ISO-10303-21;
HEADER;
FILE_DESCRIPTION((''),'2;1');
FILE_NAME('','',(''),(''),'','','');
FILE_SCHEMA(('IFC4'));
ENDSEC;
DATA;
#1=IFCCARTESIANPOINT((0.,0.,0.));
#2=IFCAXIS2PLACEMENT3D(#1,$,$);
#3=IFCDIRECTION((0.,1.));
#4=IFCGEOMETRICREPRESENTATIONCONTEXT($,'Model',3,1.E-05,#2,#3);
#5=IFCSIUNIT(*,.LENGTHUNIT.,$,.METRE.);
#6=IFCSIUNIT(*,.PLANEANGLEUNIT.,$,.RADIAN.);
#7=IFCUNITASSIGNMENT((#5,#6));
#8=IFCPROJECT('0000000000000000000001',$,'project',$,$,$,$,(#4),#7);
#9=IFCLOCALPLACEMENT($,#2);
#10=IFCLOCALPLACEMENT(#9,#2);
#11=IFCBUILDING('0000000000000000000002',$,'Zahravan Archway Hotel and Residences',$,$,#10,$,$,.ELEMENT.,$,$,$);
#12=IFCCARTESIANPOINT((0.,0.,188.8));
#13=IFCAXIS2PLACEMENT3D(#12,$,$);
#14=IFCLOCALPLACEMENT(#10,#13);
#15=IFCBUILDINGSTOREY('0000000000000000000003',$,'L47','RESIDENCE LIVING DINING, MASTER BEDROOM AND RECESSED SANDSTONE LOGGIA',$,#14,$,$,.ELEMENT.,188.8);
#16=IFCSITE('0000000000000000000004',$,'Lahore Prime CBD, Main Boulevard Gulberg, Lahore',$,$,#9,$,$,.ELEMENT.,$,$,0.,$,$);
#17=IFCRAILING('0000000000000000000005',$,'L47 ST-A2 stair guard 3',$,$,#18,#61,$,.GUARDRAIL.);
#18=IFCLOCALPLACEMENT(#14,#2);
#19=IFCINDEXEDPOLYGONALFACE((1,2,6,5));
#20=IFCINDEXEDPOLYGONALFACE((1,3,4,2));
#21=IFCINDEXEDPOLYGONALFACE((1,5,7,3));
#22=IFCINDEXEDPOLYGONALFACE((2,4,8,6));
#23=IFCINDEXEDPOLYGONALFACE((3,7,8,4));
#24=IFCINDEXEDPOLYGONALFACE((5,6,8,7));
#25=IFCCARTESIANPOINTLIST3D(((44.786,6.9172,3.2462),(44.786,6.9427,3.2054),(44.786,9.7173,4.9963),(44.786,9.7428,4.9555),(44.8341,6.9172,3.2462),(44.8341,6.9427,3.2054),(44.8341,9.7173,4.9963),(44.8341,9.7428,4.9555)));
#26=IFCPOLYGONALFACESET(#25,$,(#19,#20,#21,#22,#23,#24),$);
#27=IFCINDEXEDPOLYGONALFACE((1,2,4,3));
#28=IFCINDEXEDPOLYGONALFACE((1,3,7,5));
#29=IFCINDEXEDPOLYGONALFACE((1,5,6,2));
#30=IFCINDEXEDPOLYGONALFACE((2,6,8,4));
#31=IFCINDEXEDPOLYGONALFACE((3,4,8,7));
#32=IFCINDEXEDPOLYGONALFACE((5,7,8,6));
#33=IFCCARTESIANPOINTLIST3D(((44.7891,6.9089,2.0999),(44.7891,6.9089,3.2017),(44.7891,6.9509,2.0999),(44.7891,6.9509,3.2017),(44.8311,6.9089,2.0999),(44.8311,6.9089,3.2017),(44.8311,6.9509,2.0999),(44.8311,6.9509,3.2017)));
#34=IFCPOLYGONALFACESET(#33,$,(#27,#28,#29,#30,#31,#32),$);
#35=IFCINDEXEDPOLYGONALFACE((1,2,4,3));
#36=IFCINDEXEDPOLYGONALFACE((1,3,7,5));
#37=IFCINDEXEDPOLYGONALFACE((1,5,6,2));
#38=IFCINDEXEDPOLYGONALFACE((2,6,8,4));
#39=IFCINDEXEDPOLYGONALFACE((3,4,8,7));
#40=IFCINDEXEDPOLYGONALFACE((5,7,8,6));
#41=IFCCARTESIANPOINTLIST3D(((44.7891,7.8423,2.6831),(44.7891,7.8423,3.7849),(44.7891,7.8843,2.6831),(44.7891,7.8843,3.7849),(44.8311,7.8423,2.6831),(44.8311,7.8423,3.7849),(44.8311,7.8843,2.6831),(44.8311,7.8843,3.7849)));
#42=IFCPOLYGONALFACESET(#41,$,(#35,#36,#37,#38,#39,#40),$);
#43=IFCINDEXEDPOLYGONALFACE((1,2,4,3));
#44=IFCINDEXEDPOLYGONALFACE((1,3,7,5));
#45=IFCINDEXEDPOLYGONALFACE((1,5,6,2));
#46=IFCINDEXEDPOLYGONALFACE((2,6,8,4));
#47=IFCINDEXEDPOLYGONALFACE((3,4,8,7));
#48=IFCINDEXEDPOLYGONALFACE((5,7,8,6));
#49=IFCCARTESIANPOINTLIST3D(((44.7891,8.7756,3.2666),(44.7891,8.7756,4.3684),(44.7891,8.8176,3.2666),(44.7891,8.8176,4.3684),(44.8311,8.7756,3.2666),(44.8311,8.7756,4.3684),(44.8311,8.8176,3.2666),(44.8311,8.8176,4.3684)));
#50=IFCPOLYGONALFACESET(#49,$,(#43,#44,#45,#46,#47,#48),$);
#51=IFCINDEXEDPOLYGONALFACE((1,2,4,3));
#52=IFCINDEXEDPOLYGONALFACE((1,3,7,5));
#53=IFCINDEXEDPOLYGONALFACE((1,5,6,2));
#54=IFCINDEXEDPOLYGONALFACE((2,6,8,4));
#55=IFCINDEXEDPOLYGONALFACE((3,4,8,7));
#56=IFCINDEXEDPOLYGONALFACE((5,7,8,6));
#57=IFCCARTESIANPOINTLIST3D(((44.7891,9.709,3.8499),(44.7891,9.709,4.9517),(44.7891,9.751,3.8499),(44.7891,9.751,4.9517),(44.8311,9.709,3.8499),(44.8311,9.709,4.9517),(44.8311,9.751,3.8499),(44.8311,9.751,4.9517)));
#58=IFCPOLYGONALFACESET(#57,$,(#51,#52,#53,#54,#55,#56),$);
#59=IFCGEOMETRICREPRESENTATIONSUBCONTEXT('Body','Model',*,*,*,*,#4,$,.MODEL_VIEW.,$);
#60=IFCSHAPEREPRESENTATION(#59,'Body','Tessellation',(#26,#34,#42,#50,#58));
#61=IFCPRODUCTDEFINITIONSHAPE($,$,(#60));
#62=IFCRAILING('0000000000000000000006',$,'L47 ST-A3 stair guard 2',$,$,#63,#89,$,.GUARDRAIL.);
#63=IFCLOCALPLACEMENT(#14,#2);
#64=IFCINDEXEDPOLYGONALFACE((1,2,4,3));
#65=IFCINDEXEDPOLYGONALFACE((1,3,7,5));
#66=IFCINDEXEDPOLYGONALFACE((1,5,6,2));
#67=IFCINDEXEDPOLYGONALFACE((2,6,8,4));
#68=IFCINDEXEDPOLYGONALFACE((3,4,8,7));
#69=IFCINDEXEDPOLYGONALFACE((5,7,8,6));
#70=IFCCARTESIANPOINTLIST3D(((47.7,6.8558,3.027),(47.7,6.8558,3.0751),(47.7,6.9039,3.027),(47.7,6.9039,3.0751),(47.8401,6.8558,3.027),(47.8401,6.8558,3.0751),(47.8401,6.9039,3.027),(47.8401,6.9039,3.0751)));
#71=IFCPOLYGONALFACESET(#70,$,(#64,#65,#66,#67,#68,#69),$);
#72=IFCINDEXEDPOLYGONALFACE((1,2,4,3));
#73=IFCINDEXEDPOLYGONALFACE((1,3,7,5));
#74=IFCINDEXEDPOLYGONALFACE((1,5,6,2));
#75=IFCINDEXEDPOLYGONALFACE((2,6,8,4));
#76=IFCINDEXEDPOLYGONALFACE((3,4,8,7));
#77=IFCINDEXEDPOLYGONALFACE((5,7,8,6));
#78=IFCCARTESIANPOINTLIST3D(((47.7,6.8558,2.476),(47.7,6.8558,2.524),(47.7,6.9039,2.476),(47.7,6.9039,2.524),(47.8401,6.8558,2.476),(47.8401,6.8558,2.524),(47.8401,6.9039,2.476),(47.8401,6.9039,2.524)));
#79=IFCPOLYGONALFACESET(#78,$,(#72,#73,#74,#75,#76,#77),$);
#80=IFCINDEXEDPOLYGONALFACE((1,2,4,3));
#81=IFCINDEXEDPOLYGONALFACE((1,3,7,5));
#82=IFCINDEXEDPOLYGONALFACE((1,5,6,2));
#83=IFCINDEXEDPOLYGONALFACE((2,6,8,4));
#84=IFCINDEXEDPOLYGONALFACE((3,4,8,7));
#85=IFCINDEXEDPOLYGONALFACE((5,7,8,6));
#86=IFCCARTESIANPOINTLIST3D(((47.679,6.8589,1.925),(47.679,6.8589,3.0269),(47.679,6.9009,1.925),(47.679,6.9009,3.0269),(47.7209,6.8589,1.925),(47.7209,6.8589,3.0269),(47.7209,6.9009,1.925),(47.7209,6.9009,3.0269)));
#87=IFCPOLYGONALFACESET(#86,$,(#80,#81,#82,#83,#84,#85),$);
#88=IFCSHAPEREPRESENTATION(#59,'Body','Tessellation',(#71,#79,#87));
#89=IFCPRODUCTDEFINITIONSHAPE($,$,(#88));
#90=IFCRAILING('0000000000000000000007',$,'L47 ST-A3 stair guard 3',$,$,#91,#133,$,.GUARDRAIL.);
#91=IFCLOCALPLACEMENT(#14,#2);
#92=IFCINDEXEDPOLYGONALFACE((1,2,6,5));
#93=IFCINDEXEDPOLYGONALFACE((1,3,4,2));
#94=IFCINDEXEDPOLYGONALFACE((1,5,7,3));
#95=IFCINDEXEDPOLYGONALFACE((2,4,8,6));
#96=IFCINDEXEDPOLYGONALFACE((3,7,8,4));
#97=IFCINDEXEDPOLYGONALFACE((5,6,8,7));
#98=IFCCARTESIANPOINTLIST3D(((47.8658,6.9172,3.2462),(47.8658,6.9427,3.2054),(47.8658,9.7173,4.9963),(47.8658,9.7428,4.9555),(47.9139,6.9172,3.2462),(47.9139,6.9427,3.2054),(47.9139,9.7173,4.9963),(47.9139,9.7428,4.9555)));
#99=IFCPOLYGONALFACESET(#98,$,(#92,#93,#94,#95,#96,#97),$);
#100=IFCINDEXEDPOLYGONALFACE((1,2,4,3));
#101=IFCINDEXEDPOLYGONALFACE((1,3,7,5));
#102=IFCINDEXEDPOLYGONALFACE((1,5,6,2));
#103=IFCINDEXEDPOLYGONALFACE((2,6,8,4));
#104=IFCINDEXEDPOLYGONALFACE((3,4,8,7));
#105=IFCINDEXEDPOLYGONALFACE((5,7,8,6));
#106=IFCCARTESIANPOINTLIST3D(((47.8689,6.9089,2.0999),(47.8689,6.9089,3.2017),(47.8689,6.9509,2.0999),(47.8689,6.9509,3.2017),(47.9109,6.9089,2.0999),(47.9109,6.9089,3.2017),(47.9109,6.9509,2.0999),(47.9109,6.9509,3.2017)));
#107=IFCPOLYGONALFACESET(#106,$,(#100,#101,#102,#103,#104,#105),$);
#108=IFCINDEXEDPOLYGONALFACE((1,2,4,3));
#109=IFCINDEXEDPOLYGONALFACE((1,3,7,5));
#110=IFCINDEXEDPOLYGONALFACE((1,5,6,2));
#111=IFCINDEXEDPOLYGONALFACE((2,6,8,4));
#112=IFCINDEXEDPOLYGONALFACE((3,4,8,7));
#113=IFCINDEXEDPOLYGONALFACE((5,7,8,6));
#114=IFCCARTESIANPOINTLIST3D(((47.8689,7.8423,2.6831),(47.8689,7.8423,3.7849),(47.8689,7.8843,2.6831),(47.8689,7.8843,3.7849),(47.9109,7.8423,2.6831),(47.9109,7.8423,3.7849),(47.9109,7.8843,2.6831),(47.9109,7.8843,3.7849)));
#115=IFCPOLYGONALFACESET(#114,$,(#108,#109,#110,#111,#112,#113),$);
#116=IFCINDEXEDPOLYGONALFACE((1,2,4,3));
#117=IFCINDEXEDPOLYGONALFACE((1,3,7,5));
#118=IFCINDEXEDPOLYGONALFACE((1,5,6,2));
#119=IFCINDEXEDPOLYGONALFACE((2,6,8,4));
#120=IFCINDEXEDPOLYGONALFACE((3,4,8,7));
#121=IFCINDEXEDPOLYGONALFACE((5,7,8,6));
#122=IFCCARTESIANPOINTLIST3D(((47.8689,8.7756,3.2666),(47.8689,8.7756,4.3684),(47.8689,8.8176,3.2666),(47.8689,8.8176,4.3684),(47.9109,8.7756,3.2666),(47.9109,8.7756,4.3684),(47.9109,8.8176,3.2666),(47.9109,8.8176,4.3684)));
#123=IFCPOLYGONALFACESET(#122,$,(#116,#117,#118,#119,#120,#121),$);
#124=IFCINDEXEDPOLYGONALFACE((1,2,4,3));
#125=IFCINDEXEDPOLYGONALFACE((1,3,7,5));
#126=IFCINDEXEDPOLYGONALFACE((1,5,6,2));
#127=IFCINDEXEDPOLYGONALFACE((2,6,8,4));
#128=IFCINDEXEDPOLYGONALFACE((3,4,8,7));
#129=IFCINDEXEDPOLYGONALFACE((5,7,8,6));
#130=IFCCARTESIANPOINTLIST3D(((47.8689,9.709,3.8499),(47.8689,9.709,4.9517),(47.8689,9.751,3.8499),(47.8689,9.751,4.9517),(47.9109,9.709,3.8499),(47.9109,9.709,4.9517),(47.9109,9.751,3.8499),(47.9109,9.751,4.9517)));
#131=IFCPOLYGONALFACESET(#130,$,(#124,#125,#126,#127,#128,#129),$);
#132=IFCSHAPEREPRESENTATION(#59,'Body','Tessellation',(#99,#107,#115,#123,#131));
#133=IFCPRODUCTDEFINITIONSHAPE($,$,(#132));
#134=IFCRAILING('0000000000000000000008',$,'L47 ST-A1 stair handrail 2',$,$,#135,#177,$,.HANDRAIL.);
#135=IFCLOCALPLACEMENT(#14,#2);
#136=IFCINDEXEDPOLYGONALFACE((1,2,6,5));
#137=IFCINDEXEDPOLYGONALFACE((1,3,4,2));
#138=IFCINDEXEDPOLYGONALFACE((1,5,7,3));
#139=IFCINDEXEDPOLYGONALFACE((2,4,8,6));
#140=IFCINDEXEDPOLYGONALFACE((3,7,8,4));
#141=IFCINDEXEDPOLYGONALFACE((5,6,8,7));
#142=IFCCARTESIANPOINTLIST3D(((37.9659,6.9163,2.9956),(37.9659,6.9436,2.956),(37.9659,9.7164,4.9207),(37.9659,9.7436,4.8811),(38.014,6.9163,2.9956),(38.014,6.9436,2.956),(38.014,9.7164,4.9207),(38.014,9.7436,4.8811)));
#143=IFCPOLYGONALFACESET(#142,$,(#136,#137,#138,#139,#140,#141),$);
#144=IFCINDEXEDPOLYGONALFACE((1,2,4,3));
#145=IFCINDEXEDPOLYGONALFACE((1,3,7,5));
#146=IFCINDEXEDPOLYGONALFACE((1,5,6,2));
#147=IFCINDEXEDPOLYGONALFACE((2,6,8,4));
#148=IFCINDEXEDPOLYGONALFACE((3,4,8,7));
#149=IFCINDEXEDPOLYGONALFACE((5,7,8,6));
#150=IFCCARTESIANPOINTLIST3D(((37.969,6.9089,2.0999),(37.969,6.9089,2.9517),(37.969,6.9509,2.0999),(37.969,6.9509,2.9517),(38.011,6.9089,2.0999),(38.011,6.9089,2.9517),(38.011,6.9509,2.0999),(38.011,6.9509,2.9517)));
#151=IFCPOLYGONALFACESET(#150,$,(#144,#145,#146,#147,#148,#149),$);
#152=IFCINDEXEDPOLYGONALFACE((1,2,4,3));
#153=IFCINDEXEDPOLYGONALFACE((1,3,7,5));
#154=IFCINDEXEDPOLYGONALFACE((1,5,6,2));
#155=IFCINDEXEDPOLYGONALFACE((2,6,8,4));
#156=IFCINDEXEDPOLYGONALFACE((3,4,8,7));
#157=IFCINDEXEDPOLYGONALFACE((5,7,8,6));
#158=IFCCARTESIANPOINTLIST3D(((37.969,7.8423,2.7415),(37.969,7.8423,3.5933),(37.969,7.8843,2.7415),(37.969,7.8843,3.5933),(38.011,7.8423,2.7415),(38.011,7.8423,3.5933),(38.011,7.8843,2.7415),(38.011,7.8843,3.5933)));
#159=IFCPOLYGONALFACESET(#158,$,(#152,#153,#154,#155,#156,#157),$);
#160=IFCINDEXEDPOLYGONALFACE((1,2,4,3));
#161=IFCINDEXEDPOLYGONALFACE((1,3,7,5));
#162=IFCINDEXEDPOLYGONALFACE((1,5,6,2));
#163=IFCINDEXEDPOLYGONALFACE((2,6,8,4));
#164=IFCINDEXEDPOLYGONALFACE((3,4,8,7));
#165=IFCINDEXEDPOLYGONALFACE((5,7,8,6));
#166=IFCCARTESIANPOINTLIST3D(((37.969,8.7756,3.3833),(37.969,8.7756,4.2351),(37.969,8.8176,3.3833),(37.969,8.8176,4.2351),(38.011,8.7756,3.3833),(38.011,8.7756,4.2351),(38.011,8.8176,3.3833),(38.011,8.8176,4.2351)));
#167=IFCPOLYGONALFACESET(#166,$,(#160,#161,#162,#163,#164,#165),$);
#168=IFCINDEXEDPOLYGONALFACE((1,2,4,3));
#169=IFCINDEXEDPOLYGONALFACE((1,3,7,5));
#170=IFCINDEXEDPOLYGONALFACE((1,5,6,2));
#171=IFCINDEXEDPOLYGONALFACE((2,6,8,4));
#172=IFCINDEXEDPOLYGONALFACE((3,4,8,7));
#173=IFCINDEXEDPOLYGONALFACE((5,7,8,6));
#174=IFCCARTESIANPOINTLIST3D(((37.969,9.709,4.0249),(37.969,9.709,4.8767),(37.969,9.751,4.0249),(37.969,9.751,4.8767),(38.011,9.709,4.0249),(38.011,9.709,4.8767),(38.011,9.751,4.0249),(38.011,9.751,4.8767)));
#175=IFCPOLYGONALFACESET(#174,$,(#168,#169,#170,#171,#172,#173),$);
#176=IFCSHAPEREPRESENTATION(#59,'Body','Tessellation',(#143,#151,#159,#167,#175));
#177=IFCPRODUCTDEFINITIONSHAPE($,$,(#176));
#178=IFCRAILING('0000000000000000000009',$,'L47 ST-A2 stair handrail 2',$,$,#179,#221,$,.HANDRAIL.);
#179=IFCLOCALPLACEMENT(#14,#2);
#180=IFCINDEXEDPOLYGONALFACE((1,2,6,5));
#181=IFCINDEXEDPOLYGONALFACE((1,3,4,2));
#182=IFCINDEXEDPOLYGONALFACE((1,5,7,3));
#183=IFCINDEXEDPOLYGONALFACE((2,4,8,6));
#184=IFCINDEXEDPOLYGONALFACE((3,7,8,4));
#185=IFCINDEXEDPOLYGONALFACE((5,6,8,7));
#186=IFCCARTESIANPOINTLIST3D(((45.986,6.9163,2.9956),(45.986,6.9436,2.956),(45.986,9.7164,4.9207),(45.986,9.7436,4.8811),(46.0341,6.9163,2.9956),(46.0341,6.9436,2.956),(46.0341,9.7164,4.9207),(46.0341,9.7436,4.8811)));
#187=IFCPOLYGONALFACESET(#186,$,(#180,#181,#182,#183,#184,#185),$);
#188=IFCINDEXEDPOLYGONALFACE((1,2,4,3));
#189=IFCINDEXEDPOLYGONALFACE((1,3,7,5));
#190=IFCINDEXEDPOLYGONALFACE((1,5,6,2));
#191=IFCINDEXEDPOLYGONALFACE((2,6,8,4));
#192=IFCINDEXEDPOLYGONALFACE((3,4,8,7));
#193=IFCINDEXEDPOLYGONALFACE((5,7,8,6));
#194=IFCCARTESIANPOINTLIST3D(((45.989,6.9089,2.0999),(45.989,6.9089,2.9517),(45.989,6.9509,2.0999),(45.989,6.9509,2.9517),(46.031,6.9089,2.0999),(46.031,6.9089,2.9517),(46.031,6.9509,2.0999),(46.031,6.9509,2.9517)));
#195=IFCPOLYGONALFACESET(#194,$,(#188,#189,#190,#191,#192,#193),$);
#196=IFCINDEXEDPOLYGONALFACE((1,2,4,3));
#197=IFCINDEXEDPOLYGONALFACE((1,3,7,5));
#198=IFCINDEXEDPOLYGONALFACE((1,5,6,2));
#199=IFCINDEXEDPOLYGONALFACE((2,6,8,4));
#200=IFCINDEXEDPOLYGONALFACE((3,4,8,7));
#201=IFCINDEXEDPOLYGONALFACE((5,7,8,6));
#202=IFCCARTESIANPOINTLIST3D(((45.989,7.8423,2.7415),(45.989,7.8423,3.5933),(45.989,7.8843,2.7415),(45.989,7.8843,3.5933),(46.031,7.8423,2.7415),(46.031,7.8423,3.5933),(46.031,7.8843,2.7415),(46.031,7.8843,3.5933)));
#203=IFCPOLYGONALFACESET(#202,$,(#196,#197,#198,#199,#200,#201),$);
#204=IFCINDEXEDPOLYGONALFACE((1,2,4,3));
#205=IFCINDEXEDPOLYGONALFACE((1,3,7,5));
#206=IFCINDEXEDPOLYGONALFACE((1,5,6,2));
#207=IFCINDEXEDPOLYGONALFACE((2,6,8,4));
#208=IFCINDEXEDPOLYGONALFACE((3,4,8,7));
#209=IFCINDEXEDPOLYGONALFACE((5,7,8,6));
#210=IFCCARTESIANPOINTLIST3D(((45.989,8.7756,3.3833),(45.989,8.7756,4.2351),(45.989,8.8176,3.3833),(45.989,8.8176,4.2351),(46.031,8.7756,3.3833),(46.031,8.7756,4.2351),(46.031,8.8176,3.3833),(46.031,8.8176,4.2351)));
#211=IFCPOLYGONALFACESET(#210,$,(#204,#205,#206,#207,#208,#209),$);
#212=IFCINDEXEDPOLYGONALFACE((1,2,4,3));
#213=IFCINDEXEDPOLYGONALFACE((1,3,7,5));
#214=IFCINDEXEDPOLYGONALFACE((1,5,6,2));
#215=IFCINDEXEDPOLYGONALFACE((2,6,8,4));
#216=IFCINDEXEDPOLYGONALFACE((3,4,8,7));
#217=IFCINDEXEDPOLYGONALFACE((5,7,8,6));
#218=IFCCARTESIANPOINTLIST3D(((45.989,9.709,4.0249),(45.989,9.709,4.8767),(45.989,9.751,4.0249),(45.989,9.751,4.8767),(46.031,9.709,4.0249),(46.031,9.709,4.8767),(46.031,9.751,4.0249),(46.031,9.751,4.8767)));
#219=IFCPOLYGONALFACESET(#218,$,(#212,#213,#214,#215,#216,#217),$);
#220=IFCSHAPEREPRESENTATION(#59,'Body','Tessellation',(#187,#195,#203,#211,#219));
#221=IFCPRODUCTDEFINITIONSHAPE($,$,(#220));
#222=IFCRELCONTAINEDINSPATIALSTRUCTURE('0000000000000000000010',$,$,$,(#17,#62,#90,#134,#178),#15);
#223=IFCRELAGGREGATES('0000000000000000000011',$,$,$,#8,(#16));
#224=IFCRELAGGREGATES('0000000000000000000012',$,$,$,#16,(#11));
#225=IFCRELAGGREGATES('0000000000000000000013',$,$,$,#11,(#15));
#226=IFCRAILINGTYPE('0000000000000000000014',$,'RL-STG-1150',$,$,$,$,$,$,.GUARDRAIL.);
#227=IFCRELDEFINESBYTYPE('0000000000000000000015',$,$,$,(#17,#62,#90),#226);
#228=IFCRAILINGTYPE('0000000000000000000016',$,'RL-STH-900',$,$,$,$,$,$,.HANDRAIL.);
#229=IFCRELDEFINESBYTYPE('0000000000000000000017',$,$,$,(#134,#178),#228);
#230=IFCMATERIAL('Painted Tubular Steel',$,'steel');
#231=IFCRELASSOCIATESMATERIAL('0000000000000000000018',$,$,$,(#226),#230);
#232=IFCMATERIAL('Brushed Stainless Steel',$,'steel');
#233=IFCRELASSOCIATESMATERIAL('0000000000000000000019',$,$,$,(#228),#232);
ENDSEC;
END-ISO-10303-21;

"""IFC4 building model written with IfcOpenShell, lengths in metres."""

from ifc_helpers import new_model, si_unit, direction, frame, origin, origin_2d, place, context, subcontext, project, spatial, rectangle, extrude, material, type_object, element, save


model = new_model("IFC4")

# Units and contexts
model_context = context("Model", 3, precision=1e-05, world=origin(), true_north=direction((0.0, 1.0)))
body_context = subcontext(model_context, "Body", "Model", "MODEL_VIEW")
ifc_project = project(units=[si_unit("LENGTHUNIT", "METRE"), si_unit("PLANEANGLEUNIT", "RADIAN")], contexts=[model_context])

# Site, building, storey
site_placement = place(None, origin())
site = spatial("IfcSite", under=ifc_project, at=site_placement, Name="Lahore Prime CBD, Main Boulevard Gulberg, Lahore", CompositionType="ELEMENT", RefElevation=0.0)
building_placement = place(site_placement, origin())
building = spatial("IfcBuilding", under=site, at=building_placement, Name="Zahravan Archway Hotel and Residences", CompositionType="ELEMENT")
storey_placement = place(building_placement, frame((0.0, 0.0, 188.8)))
storey = spatial("IfcBuildingStorey", under=building, at=storey_placement, Name="L47", Description="RESIDENCE LIVING DINING, MASTER BEDROOM AND RECESSED SANDSTONE LOGGIA", CompositionType="ELEMENT", Elevation=188.8)

# Railings
ifc_material_1 = material(Name="Painted Tubular Steel", Category="steel")
railing_type_1 = type_object("IfcRailingType", Name="RL-STG-1150", PredefinedType="GUARDRAIL", material=ifc_material_1)
railing_1_placement = place(storey_placement, frame((44.8101, 6.9299, 2.0999)))
element("IfcRailing", 1, at=railing_1_placement, inside=storey, type_object=railing_type_1, Name="L47 ST-A2 stair guard 3", PredefinedType="GUARDRAIL", context=body_context, shape_type="SweptSolid", body=[
    extrude(rectangle(XDim=0.0481, YDim=0.0481, at=origin_2d()), frame((0.0, 0.0, 1.126), z_axis=(0.0, 0.848002, 0.529992), x_axis=(-1.0, 0.0, 0.0)), (0.0, 0.0, 1.0), 3.302),
    extrude(rectangle(XDim=0.042, YDim=0.042, at=origin_2d()), origin(), (0.0, 0.0, 1.0), 1.1018),
    extrude(rectangle(XDim=0.042, YDim=0.042, at=origin_2d()), frame((0.0, 0.9333, 0.5833)), (0.0, 0.0, 1.0), 1.1018),
    extrude(rectangle(XDim=0.042, YDim=0.042, at=origin_2d()), frame((0.0, 1.8667, 1.1667)), (0.0, 0.0, 1.0), 1.1018),
    extrude(rectangle(XDim=0.042, YDim=0.042, at=origin_2d()), frame((0.0, 2.8, 1.75)), (0.0, 0.0, 1.0), 1.1018),
])
railing_2_placement = place(storey_placement, frame((47.7, 6.8799, 1.925)))
element("IfcRailing", 2, at=railing_2_placement, inside=storey, type_object=railing_type_1, Name="L47 ST-A3 stair guard 2", PredefinedType="GUARDRAIL", context=body_context, shape_type="SweptSolid", body=[
    extrude(rectangle(XDim=0.0481, YDim=0.0481, at=origin_2d()), frame((0.0, 0.0, 1.126), z_axis=(1.0, 0.0, 0.0), x_axis=(0.0, 1.0, 0.0)), (0.0, 0.0, 1.0), 0.1401),
    extrude(rectangle(XDim=0.0481, YDim=0.0481, at=origin_2d()), frame((0.0, 0.0, 0.575), z_axis=(1.0, 0.0, 0.0), x_axis=(0.0, 1.0, 0.0)), (0.0, 0.0, 1.0), 0.1401),
    extrude(rectangle(XDim=0.042, YDim=0.042, at=origin_2d()), origin(), (0.0, 0.0, 1.0), 1.1018),
])
railing_3_placement = place(storey_placement, frame((47.8899, 6.9299, 2.0999)))
element("IfcRailing", 3, at=railing_3_placement, inside=storey, type_object=railing_type_1, Name="L47 ST-A3 stair guard 3", PredefinedType="GUARDRAIL", context=body_context, shape_type="SweptSolid", body=[
    extrude(rectangle(XDim=0.0481, YDim=0.0481, at=origin_2d()), frame((0.0, 0.0, 1.126), z_axis=(0.0, 0.848002, 0.529992), x_axis=(-1.0, 0.0, 0.0)), (0.0, 0.0, 1.0), 3.302),
    extrude(rectangle(XDim=0.042, YDim=0.042, at=origin_2d()), origin(), (0.0, 0.0, 1.0), 1.1018),
    extrude(rectangle(XDim=0.042, YDim=0.042, at=origin_2d()), frame((0.0, 0.9333, 0.5833)), (0.0, 0.0, 1.0), 1.1018),
    extrude(rectangle(XDim=0.042, YDim=0.042, at=origin_2d()), frame((0.0, 1.8667, 1.1667)), (0.0, 0.0, 1.0), 1.1018),
    extrude(rectangle(XDim=0.042, YDim=0.042, at=origin_2d()), frame((0.0, 2.8, 1.75)), (0.0, 0.0, 1.0), 1.1018),
])
ifc_material_2 = material(Name="Brushed Stainless Steel", Category="steel")
railing_type_2 = type_object("IfcRailingType", Name="RL-STH-900", PredefinedType="HANDRAIL", material=ifc_material_2)
for number, where, name in (
    (4, (37.99, 6.9299, 2.0999), "L47 ST-A1 stair handrail 2"),
    (5, (46.01, 6.9299, 2.0999), "L47 ST-A2 stair handrail 2"),
):
    element("IfcRailing", number, at=place(storey_placement, frame(where)), inside=storey, type_object=railing_type_2, Name=name, PredefinedType="HANDRAIL", context=body_context, shape_type="SweptSolid", body=[
        extrude(rectangle(XDim=0.0481, YDim=0.0481, at=origin_2d()), frame((0.0, 0.0, 0.876), z_axis=(0.0, 0.82404, 0.566532), x_axis=(-1.0, 0.0, 0.0)), (0.0, 0.0, 1.0), 3.3979),
        extrude(rectangle(XDim=0.042, YDim=0.042, at=origin_2d()), origin(), (0.0, 0.0, 1.0), 0.8518),
        extrude(rectangle(XDim=0.042, YDim=0.042, at=origin_2d()), frame((0.0, 0.9333, 0.6416)), (0.0, 0.0, 1.0), 0.8518),
        extrude(rectangle(XDim=0.042, YDim=0.042, at=origin_2d()), frame((0.0, 1.8667, 1.2834)), (0.0, 0.0, 1.0), 0.8518),
        extrude(rectangle(XDim=0.042, YDim=0.042, at=origin_2d()), frame((0.0, 2.8, 1.925)), (0.0, 0.0, 1.0), 0.8518),
    ])

save(model, "model.ifc")
